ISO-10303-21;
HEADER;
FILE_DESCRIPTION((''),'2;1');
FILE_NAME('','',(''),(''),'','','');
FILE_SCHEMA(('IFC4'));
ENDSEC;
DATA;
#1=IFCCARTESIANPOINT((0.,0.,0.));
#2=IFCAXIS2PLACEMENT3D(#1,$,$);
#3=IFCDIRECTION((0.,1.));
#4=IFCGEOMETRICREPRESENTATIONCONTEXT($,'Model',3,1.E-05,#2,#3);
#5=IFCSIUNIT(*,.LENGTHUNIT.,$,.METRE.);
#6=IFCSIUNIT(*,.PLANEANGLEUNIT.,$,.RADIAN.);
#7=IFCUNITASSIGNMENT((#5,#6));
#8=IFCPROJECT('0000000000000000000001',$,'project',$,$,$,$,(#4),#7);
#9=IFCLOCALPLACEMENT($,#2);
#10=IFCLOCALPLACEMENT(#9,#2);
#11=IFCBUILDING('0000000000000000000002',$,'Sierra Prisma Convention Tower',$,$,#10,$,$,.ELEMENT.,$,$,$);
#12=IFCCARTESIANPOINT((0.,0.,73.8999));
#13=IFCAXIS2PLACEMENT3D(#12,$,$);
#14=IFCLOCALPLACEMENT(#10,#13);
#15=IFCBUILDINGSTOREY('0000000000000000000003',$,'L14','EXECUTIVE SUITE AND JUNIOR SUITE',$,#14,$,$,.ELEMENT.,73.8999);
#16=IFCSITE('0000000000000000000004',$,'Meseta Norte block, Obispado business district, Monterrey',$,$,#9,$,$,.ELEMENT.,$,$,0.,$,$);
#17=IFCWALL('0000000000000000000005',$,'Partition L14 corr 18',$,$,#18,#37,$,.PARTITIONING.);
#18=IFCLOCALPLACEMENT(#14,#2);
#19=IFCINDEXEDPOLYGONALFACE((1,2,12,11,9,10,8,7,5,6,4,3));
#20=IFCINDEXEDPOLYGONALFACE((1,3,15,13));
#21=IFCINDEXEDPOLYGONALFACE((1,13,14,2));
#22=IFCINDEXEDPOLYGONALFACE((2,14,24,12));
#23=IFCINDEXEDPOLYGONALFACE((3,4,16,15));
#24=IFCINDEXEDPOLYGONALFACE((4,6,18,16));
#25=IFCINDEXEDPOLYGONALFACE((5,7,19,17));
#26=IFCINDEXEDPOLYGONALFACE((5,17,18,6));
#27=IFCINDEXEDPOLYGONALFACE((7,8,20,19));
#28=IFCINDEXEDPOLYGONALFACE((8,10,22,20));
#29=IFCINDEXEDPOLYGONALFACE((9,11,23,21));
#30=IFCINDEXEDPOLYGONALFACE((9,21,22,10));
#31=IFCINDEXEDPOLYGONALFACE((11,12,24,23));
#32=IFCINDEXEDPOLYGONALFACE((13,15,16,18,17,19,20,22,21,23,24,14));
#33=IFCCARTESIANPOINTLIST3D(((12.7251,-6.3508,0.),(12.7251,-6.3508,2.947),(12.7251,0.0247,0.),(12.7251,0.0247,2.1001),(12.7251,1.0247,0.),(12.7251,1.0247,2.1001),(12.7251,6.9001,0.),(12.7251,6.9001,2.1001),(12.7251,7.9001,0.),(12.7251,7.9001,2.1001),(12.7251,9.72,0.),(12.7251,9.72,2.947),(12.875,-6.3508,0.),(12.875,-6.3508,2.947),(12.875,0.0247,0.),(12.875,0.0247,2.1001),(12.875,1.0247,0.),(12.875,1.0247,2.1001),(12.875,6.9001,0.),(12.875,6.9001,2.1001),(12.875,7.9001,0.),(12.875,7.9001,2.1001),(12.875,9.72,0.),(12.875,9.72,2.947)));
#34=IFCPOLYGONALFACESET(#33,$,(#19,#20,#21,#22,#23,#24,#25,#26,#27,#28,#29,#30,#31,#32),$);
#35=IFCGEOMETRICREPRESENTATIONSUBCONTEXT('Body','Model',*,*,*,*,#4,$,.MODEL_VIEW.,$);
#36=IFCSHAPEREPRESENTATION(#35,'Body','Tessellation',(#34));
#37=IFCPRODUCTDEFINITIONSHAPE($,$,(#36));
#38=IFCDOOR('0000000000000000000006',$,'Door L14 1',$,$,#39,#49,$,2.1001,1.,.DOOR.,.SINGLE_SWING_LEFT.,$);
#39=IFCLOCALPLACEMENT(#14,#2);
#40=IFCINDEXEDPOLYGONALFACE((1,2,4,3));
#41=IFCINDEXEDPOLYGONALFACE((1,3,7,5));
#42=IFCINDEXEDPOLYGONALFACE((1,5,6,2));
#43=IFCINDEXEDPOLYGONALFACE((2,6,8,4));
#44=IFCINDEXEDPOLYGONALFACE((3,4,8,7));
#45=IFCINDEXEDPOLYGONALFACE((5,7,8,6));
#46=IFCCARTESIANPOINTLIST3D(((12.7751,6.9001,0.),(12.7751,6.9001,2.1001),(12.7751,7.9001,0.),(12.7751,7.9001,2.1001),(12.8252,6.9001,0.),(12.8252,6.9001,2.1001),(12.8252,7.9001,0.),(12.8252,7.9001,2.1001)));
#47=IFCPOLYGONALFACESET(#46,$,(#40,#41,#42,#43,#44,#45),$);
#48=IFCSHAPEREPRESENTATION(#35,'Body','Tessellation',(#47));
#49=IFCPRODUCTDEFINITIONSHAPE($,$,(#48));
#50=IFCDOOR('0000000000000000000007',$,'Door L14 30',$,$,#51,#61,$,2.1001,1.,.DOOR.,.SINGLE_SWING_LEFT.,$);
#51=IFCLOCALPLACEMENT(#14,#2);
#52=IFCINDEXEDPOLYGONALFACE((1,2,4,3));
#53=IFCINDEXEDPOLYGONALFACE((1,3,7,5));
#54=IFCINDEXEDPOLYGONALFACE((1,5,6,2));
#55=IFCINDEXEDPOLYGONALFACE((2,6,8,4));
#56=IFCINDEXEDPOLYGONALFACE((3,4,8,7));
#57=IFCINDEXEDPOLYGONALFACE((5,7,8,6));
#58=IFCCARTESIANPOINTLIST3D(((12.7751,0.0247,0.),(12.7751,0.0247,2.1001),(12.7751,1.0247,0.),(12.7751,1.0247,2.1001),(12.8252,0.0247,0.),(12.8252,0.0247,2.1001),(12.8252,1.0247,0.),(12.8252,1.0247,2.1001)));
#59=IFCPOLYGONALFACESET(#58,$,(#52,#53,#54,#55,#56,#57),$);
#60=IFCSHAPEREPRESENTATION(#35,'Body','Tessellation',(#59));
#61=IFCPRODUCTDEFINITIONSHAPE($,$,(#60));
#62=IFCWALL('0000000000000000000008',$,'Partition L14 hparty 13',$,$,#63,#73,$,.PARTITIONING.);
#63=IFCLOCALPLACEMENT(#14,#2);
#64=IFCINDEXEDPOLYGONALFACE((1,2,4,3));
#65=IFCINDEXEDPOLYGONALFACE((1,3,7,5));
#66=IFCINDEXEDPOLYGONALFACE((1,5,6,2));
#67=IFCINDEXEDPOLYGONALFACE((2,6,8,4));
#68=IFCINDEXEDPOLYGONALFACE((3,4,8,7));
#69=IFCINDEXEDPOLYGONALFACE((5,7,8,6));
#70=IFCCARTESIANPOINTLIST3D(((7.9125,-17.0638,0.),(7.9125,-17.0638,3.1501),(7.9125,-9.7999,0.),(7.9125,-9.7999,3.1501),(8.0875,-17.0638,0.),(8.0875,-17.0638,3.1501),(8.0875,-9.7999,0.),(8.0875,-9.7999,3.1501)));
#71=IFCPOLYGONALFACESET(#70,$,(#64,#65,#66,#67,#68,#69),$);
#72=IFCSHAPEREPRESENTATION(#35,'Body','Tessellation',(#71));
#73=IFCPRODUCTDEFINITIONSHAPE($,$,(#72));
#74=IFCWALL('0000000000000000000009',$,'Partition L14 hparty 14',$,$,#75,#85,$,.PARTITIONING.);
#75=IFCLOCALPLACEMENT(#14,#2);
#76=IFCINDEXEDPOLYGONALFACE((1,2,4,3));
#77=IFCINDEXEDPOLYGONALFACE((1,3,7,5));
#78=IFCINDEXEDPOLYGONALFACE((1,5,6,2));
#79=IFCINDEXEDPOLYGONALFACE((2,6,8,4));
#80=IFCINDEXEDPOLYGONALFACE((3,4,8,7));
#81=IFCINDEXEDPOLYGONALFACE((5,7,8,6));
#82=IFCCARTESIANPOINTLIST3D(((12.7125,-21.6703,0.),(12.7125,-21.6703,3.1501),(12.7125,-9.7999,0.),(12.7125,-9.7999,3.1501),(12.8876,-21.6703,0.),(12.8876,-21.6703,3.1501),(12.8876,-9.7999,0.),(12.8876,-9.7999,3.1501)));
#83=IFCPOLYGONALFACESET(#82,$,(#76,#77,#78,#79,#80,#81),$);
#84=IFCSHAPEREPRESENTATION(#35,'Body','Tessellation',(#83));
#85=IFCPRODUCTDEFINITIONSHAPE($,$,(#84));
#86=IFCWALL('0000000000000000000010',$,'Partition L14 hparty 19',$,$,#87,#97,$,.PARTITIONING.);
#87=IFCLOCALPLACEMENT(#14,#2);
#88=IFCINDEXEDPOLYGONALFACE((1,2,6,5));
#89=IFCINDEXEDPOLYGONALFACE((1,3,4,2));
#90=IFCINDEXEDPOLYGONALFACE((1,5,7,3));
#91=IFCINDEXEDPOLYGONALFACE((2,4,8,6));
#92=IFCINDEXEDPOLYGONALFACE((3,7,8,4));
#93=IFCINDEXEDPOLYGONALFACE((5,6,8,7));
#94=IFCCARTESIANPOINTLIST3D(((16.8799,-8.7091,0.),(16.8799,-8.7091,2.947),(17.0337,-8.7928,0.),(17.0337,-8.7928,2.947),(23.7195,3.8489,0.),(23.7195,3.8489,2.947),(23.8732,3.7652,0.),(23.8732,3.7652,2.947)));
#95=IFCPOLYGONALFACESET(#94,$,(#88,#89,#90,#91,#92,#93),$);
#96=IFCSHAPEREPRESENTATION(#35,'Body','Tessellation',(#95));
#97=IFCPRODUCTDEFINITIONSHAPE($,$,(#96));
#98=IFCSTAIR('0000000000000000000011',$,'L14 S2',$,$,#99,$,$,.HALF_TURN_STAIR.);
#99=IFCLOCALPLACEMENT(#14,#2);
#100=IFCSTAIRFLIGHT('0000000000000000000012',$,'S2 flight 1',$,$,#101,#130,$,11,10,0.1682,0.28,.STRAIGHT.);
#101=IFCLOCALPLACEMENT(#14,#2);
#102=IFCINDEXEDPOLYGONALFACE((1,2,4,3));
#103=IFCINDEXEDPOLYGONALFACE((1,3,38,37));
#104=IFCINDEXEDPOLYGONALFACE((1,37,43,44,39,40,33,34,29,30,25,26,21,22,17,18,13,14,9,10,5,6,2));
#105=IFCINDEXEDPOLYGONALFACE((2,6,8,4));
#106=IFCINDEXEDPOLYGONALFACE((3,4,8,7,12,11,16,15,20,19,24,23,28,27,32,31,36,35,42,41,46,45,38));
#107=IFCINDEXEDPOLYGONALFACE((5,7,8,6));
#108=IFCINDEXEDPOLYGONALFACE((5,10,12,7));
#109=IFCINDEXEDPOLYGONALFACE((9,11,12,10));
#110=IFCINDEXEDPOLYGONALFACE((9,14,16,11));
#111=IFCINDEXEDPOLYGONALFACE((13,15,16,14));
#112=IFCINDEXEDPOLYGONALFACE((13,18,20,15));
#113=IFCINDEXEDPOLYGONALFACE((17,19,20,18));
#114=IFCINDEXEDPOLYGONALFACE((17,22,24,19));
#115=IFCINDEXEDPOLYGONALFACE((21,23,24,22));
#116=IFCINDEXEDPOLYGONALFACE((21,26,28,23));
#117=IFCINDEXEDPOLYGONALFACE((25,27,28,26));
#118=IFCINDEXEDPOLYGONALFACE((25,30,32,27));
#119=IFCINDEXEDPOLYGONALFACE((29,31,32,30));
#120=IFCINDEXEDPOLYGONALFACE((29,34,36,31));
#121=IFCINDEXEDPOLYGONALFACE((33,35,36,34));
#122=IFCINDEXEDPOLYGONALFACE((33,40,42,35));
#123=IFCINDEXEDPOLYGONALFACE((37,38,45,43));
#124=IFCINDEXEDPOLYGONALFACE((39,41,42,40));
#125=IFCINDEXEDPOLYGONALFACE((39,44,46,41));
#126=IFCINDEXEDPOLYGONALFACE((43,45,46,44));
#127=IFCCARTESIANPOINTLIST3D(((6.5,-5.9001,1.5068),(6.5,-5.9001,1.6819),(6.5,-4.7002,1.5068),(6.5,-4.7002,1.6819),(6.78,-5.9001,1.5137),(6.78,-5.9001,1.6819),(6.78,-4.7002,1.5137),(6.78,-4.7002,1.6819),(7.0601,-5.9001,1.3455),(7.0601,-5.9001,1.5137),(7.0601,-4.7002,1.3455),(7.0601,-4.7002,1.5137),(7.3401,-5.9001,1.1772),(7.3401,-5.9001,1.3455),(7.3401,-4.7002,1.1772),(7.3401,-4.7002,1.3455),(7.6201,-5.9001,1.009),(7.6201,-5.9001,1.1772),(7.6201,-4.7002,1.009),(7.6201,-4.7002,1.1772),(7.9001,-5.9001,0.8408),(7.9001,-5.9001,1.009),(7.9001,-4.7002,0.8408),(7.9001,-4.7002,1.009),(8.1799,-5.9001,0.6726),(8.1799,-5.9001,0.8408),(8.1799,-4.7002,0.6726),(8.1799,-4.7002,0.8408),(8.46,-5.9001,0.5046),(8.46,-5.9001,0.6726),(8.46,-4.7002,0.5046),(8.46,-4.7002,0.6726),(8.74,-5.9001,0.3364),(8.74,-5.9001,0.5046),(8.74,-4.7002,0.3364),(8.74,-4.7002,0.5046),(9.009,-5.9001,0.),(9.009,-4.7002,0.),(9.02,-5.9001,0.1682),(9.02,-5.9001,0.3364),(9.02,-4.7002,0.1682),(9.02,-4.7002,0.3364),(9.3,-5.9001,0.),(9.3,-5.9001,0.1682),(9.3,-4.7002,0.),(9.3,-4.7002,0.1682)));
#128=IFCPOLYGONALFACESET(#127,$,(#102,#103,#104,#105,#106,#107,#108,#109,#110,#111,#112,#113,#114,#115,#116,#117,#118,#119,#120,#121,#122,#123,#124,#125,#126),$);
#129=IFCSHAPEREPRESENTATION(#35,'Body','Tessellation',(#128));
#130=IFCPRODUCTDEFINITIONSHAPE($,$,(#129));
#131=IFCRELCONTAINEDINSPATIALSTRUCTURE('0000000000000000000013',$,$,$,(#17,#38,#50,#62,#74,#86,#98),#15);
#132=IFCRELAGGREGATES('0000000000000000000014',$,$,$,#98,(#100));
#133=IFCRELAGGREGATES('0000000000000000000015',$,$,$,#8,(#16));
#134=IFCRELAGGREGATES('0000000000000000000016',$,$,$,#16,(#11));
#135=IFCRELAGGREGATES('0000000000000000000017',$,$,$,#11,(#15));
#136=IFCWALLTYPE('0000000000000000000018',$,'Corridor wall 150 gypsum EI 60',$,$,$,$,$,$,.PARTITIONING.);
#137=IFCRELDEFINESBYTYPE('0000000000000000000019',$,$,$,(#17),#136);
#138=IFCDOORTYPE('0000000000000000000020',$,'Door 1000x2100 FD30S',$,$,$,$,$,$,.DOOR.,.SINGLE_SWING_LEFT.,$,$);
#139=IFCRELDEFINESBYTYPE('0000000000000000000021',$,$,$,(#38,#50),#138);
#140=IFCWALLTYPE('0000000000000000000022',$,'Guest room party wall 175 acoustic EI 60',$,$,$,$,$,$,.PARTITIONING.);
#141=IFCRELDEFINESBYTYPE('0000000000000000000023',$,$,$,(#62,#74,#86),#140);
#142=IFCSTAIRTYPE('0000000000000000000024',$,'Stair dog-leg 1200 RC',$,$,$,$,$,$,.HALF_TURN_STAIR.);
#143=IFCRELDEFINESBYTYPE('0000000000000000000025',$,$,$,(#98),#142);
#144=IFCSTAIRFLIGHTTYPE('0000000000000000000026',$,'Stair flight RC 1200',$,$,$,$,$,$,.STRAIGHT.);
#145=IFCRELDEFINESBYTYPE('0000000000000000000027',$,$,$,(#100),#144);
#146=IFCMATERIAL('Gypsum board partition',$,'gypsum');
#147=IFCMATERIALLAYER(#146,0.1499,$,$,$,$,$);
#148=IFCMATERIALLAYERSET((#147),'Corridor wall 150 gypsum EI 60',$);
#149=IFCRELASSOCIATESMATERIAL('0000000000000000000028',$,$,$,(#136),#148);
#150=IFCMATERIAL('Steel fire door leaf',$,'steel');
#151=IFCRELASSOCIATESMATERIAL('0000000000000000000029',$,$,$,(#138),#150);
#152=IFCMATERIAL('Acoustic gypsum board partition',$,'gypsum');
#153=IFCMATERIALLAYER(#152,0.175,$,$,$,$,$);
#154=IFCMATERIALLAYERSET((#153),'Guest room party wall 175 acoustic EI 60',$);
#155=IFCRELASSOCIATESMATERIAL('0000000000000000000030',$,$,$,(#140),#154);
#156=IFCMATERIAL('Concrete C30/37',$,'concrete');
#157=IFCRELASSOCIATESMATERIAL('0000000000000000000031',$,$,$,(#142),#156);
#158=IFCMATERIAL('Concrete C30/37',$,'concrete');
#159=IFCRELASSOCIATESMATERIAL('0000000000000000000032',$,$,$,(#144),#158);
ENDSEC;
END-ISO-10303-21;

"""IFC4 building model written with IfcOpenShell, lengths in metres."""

from ifc_helpers import new_model, si_unit, direction, frame, frame_2d, origin, place, context, subcontext, project, spatial, polyline, rectangle, outline, extrude, material, layer, layer_set, type_object, element, fill, aggregate, save


model = new_model("IFC4")

# Units and contexts
model_context = context("Model", 3, precision=1e-05, world=origin(), true_north=direction((0.0, 1.0)))
body_context = subcontext(model_context, "Body", "Model", "MODEL_VIEW")
ifc_project = project(units=[si_unit("LENGTHUNIT", "METRE"), si_unit("PLANEANGLEUNIT", "RADIAN")], contexts=[model_context])

# Site, building, storey
site_placement = place(None, origin())
site = spatial("IfcSite", under=ifc_project, at=site_placement, Name="Meseta Norte block, Obispado business district, Monterrey", CompositionType="ELEMENT", RefElevation=0.0)
building_placement = place(site_placement, origin())
building = spatial("IfcBuilding", under=site, at=building_placement, Name="Sierra Prisma Convention Tower", CompositionType="ELEMENT")
storey_placement = place(building_placement, frame((0.0, 0.0, 73.8999)))
storey = spatial("IfcBuildingStorey", under=building, at=storey_placement, Name="L14", Description="EXECUTIVE SUITE AND JUNIOR SUITE", CompositionType="ELEMENT", Elevation=73.8999)

# Shared definitions
ifc_material_1 = material(Name="Gypsum board partition", Category="gypsum")
ifc_layer_1 = layer(ifc_material_1, 0.1499)
ifc_layer_set_1 = layer_set([ifc_layer_1], Name="Corridor wall 150 gypsum EI 60")
wall_type_1 = type_object("IfcWallType", Name="Corridor wall 150 gypsum EI 60", PredefinedType="PARTITIONING", material=ifc_layer_set_1)

# Wall, openings, doors
ifc_material_2 = material(Name="Steel fire door leaf", Category="steel")
door_type_1 = type_object("IfcDoorType", Name="Door 1000x2100 FD30S", OperationType="SINGLE_SWING_LEFT", PredefinedType="DOOR", material=ifc_material_2)
wall_1_placement = place(storey_placement, frame((12.8, -6.3508, 0.0), z_axis=(0.0, 0.0, 1.0), x_axis=(0.0, 1.0, 0.0)))
wall_1 = element("IfcWall", 1, at=wall_1_placement, inside=storey, type_object=wall_type_1, Name="Partition L14 corr 18", PredefinedType="PARTITIONING", context=body_context, shape_type="SweptSolid", body=[
    extrude(rectangle(XDim=16.0708, YDim=0.1499, at=frame_2d((8.0354, 0.0))), origin(), (0.0, 0.0, 1.0), 2.947),
])
opening_1_placement = place(wall_1_placement, frame((13.251, 0.0, 0.0)))
opening_1 = element("IfcOpeningElement", 2, at=opening_1_placement, cuts=wall_1, PredefinedType="OPENING", context=body_context, shape_type="SweptSolid", body=[
    extrude(rectangle(XDim=1.0, YDim=2.1001, at=frame_2d((0.5, 1.05))), frame((0.0, 0.075, 0.0), z_axis=(0.0, -1.0, 0.0), x_axis=(1.0, 0.0, 0.0)), (0.0, 0.0, 1.0), 0.1499),
])
opening_2_placement = place(wall_1_placement, frame((6.3755, 0.0, 0.0)))
opening_2 = element("IfcOpeningElement", 3, at=opening_2_placement, cuts=wall_1, PredefinedType="OPENING", context=body_context, shape_type="SweptSolid", body=[
    extrude(rectangle(XDim=1.0, YDim=2.1001, at=frame_2d((0.5, 1.05))), frame((0.0, 0.075, 0.0), z_axis=(0.0, -1.0, 0.0), x_axis=(1.0, 0.0, 0.0)), (0.0, 0.0, 1.0), 0.1499),
])
door_1_placement = place(opening_1_placement, origin())
door_1 = element("IfcDoor", 4, at=door_1_placement, inside=storey, type_object=door_type_1, Name="Door L14 1", OperationType="SINGLE_SWING_LEFT", OverallHeight=2.1001, OverallWidth=1.0, PredefinedType="DOOR", context=body_context, shape_type="SweptSolid", body=[
    extrude(rectangle(XDim=1.0, YDim=2.1001, at=frame_2d((0.5, 1.05))), frame((0.0, 0.0249, 0.0), z_axis=(0.0, -1.0, 0.0), x_axis=(1.0, 0.0, 0.0)), (0.0, 0.0, 1.0), 0.05),
])
fill(opening_1, door_1)
door_2_placement = place(opening_2_placement, origin())
door_2 = element("IfcDoor", 5, at=door_2_placement, inside=storey, type_object=door_type_1, Name="Door L14 30", OperationType="SINGLE_SWING_LEFT", OverallHeight=2.1001, OverallWidth=1.0, PredefinedType="DOOR", context=body_context, shape_type="SweptSolid", body=[
    extrude(rectangle(XDim=1.0, YDim=2.1001, at=frame_2d((0.5, 1.05))), frame((0.0, 0.0249, 0.0), z_axis=(0.0, -1.0, 0.0), x_axis=(1.0, 0.0, 0.0)), (0.0, 0.0, 1.0), 0.05),
])
fill(opening_2, door_2)

# Walls
ifc_material_3 = material(Name="Acoustic gypsum board partition", Category="gypsum")
ifc_layer_2 = layer(ifc_material_3, 0.175)
ifc_layer_set_2 = layer_set([ifc_layer_2], Name="Guest room party wall 175 acoustic EI 60")
wall_type_2 = type_object("IfcWallType", Name="Guest room party wall 175 acoustic EI 60", PredefinedType="PARTITIONING", material=ifc_layer_set_2)
wall_2_placement = place(storey_placement, frame((8.0, -9.8, 0.0), z_axis=(0.0, 0.0, 1.0), x_axis=(0.0, -1.0, 0.0)))
element("IfcWall", 6, at=wall_2_placement, inside=storey, type_object=wall_type_2, Name="Partition L14 hparty 13", PredefinedType="PARTITIONING", context=body_context, shape_type="SweptSolid", body=[
    extrude(rectangle(XDim=7.2639, YDim=0.175, at=frame_2d((3.6318, 0.0))), origin(), (0.0, 0.0, 1.0), 3.1501),
])
wall_3_placement = place(storey_placement, frame((12.8, -9.8, 0.0), z_axis=(0.0, 0.0, 1.0), x_axis=(0.0, -1.0, 0.0)))
element("IfcWall", 7, at=wall_3_placement, inside=storey, type_object=wall_type_2, Name="Partition L14 hparty 14", PredefinedType="PARTITIONING", context=body_context, shape_type="SweptSolid", body=[
    extrude(rectangle(XDim=11.8704, YDim=0.175, at=frame_2d((5.9351, 0.0))), origin(), (0.0, 0.0, 1.0), 3.1501),
])
wall_4_placement = place(storey_placement, frame((16.9568, -8.751, 0.0), z_axis=(0.0, 0.0, 1.0), x_axis=(0.478298, 0.878197, 0.0)))
element("IfcWall", 8, at=wall_4_placement, inside=storey, type_object=wall_type_2, Name="Partition L14 hparty 19", PredefinedType="PARTITIONING", context=body_context, shape_type="SweptSolid", body=[
    extrude(rectangle(XDim=14.2998, YDim=0.175, at=frame_2d((7.1499, 0.0))), origin(), (0.0, 0.0, 1.0), 2.947),
])

# Stair, stair flight
ifc_material_4 = material(Name="Concrete C30/37", Category="concrete")
stair_type = type_object("IfcStairType", Name="Stair dog-leg 1200 RC", PredefinedType="HALF_TURN_STAIR", material=ifc_material_4)
stair_placement = place(storey_placement, origin())
stair = element("IfcStair", 9, at=stair_placement, inside=storey, type_object=stair_type, Name="L14 S2", PredefinedType="HALF_TURN_STAIR")
ifc_material_5 = material(Name="Concrete C30/37", Category="concrete")
stair_flight_type = type_object("IfcStairFlightType", Name="Stair flight RC 1200", PredefinedType="STRAIGHT", material=ifc_material_5)
stair_flight_placement = place(storey_placement, frame((9.3, -5.3, 0.0), z_axis=(0.0, 0.0, 1.0), x_axis=(-1.0, 0.0, 0.0)))
stair_flight = element("IfcStairFlight", 10, at=stair_flight_placement, type_object=stair_flight_type, Name="S2 flight 1", NumberOfRisers=11, NumberOfTreads=10, PredefinedType="STRAIGHT", RiserHeight=0.1682, TreadLength=0.28, context=body_context, shape_type="SweptSolid", body=[
    extrude(outline(polyline([(0.0, 0.0), (0.0, 0.1682), (0.28, 0.1682), (0.28, 0.3364), (0.5601, 0.3364), (0.5601, 0.5046), (0.8401, 0.5046), (0.8401, 0.6726), (1.1201, 0.6726), (1.1201, 0.8408), (1.3999, 0.8408), (1.3999, 1.009), (1.6799, 1.009), (1.6799, 1.1772), (1.96, 1.1772), (1.96, 1.3455), (2.24, 1.3455), (2.24, 1.5137), (2.52, 1.5137), (2.52, 1.6819), (2.8, 1.6819), (2.8, 1.8501), (2.8, 1.5068), (0.291, 0.0), (0.0, 0.0)])), frame((0.0, 0.6001, 0.0), z_axis=(0.0, -1.0, 0.0), x_axis=(1.0, 0.0, 0.0)), (0.0, 0.0, 1.0), 1.2),
])
aggregate(stair, [stair_flight])

save(model, "model.ifc")
